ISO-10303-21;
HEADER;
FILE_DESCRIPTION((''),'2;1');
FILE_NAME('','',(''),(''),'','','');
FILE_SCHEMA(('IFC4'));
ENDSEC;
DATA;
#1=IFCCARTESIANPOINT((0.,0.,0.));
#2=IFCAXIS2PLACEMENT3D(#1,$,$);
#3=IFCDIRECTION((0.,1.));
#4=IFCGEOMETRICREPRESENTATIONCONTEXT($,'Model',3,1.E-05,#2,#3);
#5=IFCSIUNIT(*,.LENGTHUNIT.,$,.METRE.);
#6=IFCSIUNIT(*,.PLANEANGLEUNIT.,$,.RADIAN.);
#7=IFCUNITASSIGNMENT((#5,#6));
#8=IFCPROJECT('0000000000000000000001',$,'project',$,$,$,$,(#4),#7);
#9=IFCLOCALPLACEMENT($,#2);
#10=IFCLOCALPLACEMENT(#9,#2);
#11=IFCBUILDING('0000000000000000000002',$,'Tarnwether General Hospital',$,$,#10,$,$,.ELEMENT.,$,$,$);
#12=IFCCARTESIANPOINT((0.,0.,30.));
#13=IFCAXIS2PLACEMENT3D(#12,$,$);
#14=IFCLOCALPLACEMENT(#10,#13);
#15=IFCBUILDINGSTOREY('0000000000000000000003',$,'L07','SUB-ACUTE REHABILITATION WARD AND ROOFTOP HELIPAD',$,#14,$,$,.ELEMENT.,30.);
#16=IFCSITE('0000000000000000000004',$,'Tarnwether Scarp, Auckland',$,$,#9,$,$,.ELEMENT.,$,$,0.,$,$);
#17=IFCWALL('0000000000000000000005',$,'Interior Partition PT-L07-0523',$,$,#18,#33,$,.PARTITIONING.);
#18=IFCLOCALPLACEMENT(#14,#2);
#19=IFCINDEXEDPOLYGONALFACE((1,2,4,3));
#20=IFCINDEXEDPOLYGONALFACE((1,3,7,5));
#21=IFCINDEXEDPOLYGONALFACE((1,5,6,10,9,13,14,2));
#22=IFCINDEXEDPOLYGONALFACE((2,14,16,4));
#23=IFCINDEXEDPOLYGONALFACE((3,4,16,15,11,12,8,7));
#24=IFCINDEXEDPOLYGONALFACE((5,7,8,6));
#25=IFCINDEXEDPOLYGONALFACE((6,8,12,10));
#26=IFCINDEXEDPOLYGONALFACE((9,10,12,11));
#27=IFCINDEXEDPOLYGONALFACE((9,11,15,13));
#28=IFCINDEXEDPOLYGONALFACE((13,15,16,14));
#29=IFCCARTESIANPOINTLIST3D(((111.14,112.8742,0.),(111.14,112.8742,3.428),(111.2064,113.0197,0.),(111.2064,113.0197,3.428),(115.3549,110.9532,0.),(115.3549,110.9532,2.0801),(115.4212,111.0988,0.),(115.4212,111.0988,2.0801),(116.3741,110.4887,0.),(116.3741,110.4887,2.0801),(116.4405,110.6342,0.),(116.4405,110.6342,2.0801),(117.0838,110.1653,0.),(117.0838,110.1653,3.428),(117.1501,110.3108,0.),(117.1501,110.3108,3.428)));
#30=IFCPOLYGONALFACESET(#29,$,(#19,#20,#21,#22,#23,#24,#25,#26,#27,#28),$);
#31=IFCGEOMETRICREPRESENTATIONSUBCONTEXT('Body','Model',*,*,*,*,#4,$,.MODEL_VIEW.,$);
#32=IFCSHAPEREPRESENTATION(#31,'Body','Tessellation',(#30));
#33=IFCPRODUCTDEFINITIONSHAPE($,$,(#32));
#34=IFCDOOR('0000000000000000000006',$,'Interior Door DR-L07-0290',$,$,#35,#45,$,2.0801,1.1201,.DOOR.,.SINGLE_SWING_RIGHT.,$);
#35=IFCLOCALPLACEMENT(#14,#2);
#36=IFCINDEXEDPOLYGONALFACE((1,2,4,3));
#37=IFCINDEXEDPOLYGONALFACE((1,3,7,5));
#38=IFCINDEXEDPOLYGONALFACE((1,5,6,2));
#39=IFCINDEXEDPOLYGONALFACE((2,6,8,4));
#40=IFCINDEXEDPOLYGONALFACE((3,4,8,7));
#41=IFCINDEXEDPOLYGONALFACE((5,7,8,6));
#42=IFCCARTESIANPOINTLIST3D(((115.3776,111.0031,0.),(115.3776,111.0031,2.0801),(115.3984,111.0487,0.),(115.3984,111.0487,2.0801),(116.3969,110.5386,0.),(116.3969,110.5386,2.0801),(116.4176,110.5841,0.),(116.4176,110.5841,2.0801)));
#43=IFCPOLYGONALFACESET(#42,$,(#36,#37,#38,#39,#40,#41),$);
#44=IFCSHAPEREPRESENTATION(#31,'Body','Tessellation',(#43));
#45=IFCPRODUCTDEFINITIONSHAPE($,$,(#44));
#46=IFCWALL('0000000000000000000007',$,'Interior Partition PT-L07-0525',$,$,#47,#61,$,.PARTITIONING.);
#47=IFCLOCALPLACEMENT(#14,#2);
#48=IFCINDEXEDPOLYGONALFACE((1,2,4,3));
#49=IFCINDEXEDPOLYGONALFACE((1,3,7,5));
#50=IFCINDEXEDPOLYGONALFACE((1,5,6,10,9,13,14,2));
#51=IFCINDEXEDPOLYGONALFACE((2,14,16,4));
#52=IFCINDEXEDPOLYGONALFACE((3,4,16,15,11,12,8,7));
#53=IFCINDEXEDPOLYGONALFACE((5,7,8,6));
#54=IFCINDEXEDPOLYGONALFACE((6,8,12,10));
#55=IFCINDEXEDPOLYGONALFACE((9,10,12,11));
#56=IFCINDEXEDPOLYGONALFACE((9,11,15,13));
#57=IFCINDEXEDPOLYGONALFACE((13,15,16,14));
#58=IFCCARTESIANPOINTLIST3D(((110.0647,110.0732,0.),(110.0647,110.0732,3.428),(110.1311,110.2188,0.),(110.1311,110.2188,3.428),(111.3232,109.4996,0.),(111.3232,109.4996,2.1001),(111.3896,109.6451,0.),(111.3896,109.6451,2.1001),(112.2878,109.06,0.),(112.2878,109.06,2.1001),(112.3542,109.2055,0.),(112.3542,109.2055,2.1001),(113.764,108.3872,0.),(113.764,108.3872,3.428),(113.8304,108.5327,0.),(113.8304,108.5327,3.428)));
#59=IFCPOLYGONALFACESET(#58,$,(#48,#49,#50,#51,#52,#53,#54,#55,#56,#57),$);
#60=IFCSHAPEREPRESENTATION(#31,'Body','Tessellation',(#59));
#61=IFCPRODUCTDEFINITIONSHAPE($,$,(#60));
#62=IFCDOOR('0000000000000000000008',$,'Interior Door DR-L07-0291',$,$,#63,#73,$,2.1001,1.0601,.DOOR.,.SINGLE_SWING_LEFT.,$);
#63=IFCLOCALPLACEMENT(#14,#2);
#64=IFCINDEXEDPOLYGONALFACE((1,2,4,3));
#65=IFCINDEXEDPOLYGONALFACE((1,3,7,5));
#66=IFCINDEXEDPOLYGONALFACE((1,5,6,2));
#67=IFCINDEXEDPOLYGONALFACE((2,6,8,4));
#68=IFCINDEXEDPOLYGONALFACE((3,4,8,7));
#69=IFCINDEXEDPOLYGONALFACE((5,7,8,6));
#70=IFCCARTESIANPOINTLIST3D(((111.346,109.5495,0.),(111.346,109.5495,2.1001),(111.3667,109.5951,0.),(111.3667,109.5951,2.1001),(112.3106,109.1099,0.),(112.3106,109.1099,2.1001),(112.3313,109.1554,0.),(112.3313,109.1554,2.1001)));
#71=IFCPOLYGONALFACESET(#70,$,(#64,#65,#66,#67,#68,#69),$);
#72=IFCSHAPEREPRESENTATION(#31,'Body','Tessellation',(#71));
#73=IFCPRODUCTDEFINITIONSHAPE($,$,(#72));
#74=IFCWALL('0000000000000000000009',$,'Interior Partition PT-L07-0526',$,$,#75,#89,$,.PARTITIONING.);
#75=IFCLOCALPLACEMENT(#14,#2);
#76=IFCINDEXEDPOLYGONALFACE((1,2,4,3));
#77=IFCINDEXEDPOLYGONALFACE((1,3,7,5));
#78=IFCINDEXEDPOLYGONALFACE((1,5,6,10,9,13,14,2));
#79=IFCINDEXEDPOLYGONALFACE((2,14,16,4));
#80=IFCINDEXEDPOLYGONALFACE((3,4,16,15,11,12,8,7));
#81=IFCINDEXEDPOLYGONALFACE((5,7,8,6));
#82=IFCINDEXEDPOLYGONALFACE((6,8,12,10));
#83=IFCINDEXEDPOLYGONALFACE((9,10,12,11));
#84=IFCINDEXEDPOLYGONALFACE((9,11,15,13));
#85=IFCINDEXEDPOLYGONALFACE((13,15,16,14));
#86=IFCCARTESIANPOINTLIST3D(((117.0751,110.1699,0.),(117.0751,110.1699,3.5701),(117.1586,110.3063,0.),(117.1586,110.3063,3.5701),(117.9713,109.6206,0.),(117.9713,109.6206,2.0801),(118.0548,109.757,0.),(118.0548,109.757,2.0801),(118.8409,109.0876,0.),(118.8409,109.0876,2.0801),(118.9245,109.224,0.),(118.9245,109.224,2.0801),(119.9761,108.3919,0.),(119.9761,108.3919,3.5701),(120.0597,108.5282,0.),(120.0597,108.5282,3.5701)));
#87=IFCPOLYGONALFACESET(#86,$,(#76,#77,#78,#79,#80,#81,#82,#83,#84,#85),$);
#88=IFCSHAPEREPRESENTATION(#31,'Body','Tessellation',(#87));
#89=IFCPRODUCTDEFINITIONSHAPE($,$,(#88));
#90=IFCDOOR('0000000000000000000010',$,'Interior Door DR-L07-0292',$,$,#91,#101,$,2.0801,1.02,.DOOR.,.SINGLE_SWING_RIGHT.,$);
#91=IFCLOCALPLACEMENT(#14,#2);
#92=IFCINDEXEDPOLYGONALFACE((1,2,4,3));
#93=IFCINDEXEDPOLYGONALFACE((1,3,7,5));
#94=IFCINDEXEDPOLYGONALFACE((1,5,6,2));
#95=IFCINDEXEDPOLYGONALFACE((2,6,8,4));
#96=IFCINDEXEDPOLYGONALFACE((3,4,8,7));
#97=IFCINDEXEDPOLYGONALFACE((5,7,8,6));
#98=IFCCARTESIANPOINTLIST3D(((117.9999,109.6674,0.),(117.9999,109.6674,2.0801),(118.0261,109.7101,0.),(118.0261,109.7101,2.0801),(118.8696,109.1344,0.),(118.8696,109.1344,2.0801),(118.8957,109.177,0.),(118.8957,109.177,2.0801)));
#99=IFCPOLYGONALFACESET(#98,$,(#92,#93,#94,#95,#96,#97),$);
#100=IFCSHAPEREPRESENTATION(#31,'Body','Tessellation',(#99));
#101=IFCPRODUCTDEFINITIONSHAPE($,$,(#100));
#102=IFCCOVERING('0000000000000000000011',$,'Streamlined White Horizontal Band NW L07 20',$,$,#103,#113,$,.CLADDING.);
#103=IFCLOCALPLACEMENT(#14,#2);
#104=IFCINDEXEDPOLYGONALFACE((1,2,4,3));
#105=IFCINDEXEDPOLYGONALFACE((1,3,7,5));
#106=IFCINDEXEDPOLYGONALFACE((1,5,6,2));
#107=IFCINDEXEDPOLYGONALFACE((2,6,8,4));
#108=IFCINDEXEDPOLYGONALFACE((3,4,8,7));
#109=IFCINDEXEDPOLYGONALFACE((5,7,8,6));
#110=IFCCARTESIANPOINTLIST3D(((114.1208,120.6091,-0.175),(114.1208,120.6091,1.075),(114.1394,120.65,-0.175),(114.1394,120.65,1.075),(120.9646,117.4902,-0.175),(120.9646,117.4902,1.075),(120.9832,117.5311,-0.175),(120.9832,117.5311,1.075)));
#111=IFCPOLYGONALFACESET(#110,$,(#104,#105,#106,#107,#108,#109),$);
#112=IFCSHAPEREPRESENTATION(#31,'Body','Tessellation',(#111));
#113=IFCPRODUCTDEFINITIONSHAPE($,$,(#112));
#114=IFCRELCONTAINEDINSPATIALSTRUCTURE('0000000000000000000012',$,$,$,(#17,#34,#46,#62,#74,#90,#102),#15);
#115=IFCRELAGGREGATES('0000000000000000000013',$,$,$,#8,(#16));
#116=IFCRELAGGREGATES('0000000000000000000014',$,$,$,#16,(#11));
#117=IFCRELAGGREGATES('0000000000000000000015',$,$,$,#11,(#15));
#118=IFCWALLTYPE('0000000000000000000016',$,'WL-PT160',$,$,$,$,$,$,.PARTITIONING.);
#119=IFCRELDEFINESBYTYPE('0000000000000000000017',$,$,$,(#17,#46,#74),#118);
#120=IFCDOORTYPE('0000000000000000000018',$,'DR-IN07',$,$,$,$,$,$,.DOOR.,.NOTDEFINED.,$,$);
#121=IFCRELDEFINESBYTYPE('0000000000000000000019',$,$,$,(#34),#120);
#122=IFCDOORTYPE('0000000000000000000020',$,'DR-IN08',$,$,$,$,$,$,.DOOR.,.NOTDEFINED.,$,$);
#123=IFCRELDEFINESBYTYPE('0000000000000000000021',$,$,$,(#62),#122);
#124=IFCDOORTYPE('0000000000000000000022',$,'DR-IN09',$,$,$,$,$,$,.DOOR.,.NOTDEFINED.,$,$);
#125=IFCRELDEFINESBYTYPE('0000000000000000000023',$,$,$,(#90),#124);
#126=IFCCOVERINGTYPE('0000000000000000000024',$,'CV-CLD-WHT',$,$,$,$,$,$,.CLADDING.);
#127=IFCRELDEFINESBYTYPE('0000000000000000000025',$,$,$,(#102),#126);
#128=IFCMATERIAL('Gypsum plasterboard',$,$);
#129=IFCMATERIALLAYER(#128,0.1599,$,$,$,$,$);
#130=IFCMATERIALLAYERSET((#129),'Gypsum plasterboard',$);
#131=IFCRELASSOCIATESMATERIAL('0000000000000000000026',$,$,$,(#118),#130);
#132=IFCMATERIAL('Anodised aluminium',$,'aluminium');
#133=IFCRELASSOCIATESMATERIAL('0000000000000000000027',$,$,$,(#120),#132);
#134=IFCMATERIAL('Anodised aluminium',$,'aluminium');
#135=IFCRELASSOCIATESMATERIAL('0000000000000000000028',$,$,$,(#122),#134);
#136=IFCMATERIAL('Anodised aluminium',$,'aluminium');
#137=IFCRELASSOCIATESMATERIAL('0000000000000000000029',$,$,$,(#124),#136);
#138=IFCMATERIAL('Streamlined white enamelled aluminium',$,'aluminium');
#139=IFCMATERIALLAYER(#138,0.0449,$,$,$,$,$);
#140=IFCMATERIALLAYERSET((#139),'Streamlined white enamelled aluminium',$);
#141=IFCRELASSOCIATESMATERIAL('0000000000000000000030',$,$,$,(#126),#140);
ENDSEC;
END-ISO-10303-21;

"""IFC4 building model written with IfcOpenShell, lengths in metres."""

from ifc_helpers import new_model, si_unit, direction, frame, frame_2d, origin, origin_2d, place, context, subcontext, project, spatial, rectangle, extrude, material, layer, layer_set, type_object, element, fill, save


model = new_model("IFC4")

# Units and contexts
model_context = context("Model", 3, precision=1e-05, world=origin(), true_north=direction((0.0, 1.0)))
body_context = subcontext(model_context, "Body", "Model", "MODEL_VIEW")
ifc_project = project(units=[si_unit("LENGTHUNIT", "METRE"), si_unit("PLANEANGLEUNIT", "RADIAN")], contexts=[model_context])

# Site, building, storey
site_placement = place(None, origin())
site = spatial("IfcSite", under=ifc_project, at=site_placement, Name="Tarnwether Scarp, Auckland", CompositionType="ELEMENT", RefElevation=0.0)
building_placement = place(site_placement, origin())
building = spatial("IfcBuilding", under=site, at=building_placement, Name="Tarnwether General Hospital", CompositionType="ELEMENT")
storey_placement = place(building_placement, frame((0.0, 0.0, 30.0)))
storey = spatial("IfcBuildingStorey", under=building, at=storey_placement, Name="L07", Description="SUB-ACUTE REHABILITATION WARD AND ROOFTOP HELIPAD", CompositionType="ELEMENT", Elevation=30.0)

# Walls, openings, doors
ifc_material_1 = material(Name="Gypsum plasterboard")
ifc_layer_1 = layer(ifc_material_1, 0.1599)
ifc_layer_set_1 = layer_set([ifc_layer_1], Name="Gypsum plasterboard")
wall_type_1 = type_object("IfcWallType", Name="WL-PT160", PredefinedType="PARTITIONING", material=ifc_layer_set_1)
wall_1_placement = place(storey_placement, frame((111.1731, 112.947, 0.0), z_axis=(0.0, 0.0, 1.0), x_axis=(0.909949, -0.414721, 0.0)))
wall_1 = element("IfcWall", 1, at=wall_1_placement, inside=storey, type_object=wall_type_1, Name="Interior Partition PT-L07-0523", PredefinedType="PARTITIONING", context=body_context, shape_type="SweptSolid", body=[
    extrude(rectangle(XDim=6.532, YDim=0.1599, at=frame_2d((3.2661, 0.0))), origin(), (0.0, 0.0, 1.0), 3.428),
])
opening_1_placement = place(wall_1_placement, frame((4.6321, 0.0, 0.0)))
opening_1 = element("IfcOpeningElement", 2, at=opening_1_placement, cuts=wall_1, PredefinedType="OPENING", context=body_context, shape_type="SweptSolid", body=[
    extrude(rectangle(XDim=1.1201, YDim=2.0801, at=frame_2d((0.5601, 1.04))), frame((0.0, 0.0898, 0.0), z_axis=(0.0, -1.0, 0.0), x_axis=(1.0, 0.0, 0.0)), (0.0, 0.0, 1.0), 0.1799),
])
ifc_material_2 = material(Name="Anodised aluminium", Category="aluminium")
door_type_1 = type_object("IfcDoorType", Name="DR-IN07", OperationType="NOTDEFINED", PredefinedType="DOOR", material=ifc_material_2)
door_1_placement = place(opening_1_placement, origin())
door_1 = element("IfcDoor", 3, at=door_1_placement, inside=storey, type_object=door_type_1, Name="Interior Door DR-L07-0290", OperationType="SINGLE_SWING_RIGHT", OverallHeight=2.0801, OverallWidth=1.1201, PredefinedType="DOOR", context=body_context, shape_type="SweptSolid", body=[
    extrude(rectangle(XDim=1.1201, YDim=2.0801, at=frame_2d((0.5601, 1.04))), frame((0.0, 0.0249, 0.0), z_axis=(0.0, -1.0, 0.0), x_axis=(1.0, 0.0, 0.0)), (0.0, 0.0, 1.0), 0.05),
])
fill(opening_1, door_1)
wall_2_placement = place(storey_placement, frame((110.0979, 110.146, 0.0), z_axis=(0.0, 0.0, 1.0), x_axis=(0.909942, -0.414735, 0.0)))
wall_2 = element("IfcWall", 4, at=wall_2_placement, inside=storey, type_object=wall_type_1, Name="Interior Partition PT-L07-0525", PredefinedType="PARTITIONING", context=body_context, shape_type="SweptSolid", body=[
    extrude(rectangle(XDim=4.0654, YDim=0.1599, at=frame_2d((2.0327, 0.0))), origin(), (0.0, 0.0, 1.0), 3.428),
])
opening_2_placement = place(wall_2_placement, frame((1.3831, 0.0, 0.0)))
opening_2 = element("IfcOpeningElement", 5, at=opening_2_placement, cuts=wall_2, PredefinedType="OPENING", context=body_context, shape_type="SweptSolid", body=[
    extrude(rectangle(XDim=1.0601, YDim=2.1001, at=frame_2d((0.53, 1.05))), frame((0.0, 0.0898, 0.0), z_axis=(0.0, -1.0, 0.0), x_axis=(1.0, 0.0, 0.0)), (0.0, 0.0, 1.0), 0.1799),
])
ifc_material_3 = material(Name="Anodised aluminium", Category="aluminium")
door_type_2 = type_object("IfcDoorType", Name="DR-IN08", OperationType="NOTDEFINED", PredefinedType="DOOR", material=ifc_material_3)
door_2_placement = place(opening_2_placement, origin())
door_2 = element("IfcDoor", 6, at=door_2_placement, inside=storey, type_object=door_type_2, Name="Interior Door DR-L07-0291", OperationType="SINGLE_SWING_LEFT", OverallHeight=2.1001, OverallWidth=1.0601, PredefinedType="DOOR", context=body_context, shape_type="SweptSolid", body=[
    extrude(rectangle(XDim=1.0601, YDim=2.1001, at=frame_2d((0.53, 1.05))), frame((0.0, 0.0249, 0.0), z_axis=(0.0, -1.0, 0.0), x_axis=(1.0, 0.0, 0.0)), (0.0, 0.0, 1.0), 0.05),
])
fill(opening_2, door_2)
wall_3_placement = place(storey_placement, frame((117.1169, 110.238, 0.0), z_axis=(0.0, 0.0, 1.0), x_axis=(0.852605, -0.522555, 0.0)))
wall_3 = element("IfcWall", 7, at=wall_3_placement, inside=storey, type_object=wall_type_1, Name="Interior Partition PT-L07-0526", PredefinedType="PARTITIONING", context=body_context, shape_type="SweptSolid", body=[
    extrude(rectangle(XDim=3.4026, YDim=0.1599, at=frame_2d((1.7012, 0.0))), origin(), (0.0, 0.0, 1.0), 3.5701),
])
opening_3_placement = place(wall_3_placement, frame((1.051, 0.0, 0.0)))
opening_3 = element("IfcOpeningElement", 8, at=opening_3_placement, cuts=wall_3, PredefinedType="OPENING", context=body_context, shape_type="SweptSolid", body=[
    extrude(rectangle(XDim=1.02, YDim=2.0801, at=frame_2d((0.51, 1.04))), frame((0.0, 0.0898, 0.0), z_axis=(0.0, -1.0, 0.0), x_axis=(1.0, 0.0, 0.0)), (0.0, 0.0, 1.0), 0.1799),
])
ifc_material_4 = material(Name="Anodised aluminium", Category="aluminium")
door_type_3 = type_object("IfcDoorType", Name="DR-IN09", OperationType="NOTDEFINED", PredefinedType="DOOR", material=ifc_material_4)
door_3_placement = place(opening_3_placement, origin())
door_3 = element("IfcDoor", 9, at=door_3_placement, inside=storey, type_object=door_type_3, Name="Interior Door DR-L07-0292", OperationType="SINGLE_SWING_RIGHT", OverallHeight=2.0801, OverallWidth=1.02, PredefinedType="DOOR", context=body_context, shape_type="SweptSolid", body=[
    extrude(rectangle(XDim=1.02, YDim=2.0801, at=frame_2d((0.51, 1.04))), frame((0.0, 0.0249, 0.0), z_axis=(0.0, -1.0, 0.0), x_axis=(1.0, 0.0, 0.0)), (0.0, 0.0, 1.0), 0.05),
])
fill(opening_3, door_3)

# Covering
ifc_material_5 = material(Name="Streamlined white enamelled aluminium", Category="aluminium")
ifc_layer_2 = layer(ifc_material_5, 0.0449)
ifc_layer_set_2 = layer_set([ifc_layer_2], Name="Streamlined white enamelled aluminium")
covering_type = type_object("IfcCoveringType", Name="CV-CLD-WHT", PredefinedType="CLADDING", material=ifc_layer_set_2)
covering_placement = place(storey_placement, frame((117.552, 119.0701, -0.175), z_axis=(0.0, 0.0, 1.0), x_axis=(0.909961, -0.414693, 0.0)))
element("IfcCovering", 10, at=covering_placement, inside=storey, type_object=covering_type, Name="Streamlined White Horizontal Band NW L07 20", PredefinedType="CLADDING", context=body_context, shape_type="SweptSolid", body=[
    extrude(rectangle(XDim=7.521, YDim=0.0449, at=origin_2d()), origin(), (0.0, 0.0, 1.0), 1.25),
])

save(model, "model.ifc")
